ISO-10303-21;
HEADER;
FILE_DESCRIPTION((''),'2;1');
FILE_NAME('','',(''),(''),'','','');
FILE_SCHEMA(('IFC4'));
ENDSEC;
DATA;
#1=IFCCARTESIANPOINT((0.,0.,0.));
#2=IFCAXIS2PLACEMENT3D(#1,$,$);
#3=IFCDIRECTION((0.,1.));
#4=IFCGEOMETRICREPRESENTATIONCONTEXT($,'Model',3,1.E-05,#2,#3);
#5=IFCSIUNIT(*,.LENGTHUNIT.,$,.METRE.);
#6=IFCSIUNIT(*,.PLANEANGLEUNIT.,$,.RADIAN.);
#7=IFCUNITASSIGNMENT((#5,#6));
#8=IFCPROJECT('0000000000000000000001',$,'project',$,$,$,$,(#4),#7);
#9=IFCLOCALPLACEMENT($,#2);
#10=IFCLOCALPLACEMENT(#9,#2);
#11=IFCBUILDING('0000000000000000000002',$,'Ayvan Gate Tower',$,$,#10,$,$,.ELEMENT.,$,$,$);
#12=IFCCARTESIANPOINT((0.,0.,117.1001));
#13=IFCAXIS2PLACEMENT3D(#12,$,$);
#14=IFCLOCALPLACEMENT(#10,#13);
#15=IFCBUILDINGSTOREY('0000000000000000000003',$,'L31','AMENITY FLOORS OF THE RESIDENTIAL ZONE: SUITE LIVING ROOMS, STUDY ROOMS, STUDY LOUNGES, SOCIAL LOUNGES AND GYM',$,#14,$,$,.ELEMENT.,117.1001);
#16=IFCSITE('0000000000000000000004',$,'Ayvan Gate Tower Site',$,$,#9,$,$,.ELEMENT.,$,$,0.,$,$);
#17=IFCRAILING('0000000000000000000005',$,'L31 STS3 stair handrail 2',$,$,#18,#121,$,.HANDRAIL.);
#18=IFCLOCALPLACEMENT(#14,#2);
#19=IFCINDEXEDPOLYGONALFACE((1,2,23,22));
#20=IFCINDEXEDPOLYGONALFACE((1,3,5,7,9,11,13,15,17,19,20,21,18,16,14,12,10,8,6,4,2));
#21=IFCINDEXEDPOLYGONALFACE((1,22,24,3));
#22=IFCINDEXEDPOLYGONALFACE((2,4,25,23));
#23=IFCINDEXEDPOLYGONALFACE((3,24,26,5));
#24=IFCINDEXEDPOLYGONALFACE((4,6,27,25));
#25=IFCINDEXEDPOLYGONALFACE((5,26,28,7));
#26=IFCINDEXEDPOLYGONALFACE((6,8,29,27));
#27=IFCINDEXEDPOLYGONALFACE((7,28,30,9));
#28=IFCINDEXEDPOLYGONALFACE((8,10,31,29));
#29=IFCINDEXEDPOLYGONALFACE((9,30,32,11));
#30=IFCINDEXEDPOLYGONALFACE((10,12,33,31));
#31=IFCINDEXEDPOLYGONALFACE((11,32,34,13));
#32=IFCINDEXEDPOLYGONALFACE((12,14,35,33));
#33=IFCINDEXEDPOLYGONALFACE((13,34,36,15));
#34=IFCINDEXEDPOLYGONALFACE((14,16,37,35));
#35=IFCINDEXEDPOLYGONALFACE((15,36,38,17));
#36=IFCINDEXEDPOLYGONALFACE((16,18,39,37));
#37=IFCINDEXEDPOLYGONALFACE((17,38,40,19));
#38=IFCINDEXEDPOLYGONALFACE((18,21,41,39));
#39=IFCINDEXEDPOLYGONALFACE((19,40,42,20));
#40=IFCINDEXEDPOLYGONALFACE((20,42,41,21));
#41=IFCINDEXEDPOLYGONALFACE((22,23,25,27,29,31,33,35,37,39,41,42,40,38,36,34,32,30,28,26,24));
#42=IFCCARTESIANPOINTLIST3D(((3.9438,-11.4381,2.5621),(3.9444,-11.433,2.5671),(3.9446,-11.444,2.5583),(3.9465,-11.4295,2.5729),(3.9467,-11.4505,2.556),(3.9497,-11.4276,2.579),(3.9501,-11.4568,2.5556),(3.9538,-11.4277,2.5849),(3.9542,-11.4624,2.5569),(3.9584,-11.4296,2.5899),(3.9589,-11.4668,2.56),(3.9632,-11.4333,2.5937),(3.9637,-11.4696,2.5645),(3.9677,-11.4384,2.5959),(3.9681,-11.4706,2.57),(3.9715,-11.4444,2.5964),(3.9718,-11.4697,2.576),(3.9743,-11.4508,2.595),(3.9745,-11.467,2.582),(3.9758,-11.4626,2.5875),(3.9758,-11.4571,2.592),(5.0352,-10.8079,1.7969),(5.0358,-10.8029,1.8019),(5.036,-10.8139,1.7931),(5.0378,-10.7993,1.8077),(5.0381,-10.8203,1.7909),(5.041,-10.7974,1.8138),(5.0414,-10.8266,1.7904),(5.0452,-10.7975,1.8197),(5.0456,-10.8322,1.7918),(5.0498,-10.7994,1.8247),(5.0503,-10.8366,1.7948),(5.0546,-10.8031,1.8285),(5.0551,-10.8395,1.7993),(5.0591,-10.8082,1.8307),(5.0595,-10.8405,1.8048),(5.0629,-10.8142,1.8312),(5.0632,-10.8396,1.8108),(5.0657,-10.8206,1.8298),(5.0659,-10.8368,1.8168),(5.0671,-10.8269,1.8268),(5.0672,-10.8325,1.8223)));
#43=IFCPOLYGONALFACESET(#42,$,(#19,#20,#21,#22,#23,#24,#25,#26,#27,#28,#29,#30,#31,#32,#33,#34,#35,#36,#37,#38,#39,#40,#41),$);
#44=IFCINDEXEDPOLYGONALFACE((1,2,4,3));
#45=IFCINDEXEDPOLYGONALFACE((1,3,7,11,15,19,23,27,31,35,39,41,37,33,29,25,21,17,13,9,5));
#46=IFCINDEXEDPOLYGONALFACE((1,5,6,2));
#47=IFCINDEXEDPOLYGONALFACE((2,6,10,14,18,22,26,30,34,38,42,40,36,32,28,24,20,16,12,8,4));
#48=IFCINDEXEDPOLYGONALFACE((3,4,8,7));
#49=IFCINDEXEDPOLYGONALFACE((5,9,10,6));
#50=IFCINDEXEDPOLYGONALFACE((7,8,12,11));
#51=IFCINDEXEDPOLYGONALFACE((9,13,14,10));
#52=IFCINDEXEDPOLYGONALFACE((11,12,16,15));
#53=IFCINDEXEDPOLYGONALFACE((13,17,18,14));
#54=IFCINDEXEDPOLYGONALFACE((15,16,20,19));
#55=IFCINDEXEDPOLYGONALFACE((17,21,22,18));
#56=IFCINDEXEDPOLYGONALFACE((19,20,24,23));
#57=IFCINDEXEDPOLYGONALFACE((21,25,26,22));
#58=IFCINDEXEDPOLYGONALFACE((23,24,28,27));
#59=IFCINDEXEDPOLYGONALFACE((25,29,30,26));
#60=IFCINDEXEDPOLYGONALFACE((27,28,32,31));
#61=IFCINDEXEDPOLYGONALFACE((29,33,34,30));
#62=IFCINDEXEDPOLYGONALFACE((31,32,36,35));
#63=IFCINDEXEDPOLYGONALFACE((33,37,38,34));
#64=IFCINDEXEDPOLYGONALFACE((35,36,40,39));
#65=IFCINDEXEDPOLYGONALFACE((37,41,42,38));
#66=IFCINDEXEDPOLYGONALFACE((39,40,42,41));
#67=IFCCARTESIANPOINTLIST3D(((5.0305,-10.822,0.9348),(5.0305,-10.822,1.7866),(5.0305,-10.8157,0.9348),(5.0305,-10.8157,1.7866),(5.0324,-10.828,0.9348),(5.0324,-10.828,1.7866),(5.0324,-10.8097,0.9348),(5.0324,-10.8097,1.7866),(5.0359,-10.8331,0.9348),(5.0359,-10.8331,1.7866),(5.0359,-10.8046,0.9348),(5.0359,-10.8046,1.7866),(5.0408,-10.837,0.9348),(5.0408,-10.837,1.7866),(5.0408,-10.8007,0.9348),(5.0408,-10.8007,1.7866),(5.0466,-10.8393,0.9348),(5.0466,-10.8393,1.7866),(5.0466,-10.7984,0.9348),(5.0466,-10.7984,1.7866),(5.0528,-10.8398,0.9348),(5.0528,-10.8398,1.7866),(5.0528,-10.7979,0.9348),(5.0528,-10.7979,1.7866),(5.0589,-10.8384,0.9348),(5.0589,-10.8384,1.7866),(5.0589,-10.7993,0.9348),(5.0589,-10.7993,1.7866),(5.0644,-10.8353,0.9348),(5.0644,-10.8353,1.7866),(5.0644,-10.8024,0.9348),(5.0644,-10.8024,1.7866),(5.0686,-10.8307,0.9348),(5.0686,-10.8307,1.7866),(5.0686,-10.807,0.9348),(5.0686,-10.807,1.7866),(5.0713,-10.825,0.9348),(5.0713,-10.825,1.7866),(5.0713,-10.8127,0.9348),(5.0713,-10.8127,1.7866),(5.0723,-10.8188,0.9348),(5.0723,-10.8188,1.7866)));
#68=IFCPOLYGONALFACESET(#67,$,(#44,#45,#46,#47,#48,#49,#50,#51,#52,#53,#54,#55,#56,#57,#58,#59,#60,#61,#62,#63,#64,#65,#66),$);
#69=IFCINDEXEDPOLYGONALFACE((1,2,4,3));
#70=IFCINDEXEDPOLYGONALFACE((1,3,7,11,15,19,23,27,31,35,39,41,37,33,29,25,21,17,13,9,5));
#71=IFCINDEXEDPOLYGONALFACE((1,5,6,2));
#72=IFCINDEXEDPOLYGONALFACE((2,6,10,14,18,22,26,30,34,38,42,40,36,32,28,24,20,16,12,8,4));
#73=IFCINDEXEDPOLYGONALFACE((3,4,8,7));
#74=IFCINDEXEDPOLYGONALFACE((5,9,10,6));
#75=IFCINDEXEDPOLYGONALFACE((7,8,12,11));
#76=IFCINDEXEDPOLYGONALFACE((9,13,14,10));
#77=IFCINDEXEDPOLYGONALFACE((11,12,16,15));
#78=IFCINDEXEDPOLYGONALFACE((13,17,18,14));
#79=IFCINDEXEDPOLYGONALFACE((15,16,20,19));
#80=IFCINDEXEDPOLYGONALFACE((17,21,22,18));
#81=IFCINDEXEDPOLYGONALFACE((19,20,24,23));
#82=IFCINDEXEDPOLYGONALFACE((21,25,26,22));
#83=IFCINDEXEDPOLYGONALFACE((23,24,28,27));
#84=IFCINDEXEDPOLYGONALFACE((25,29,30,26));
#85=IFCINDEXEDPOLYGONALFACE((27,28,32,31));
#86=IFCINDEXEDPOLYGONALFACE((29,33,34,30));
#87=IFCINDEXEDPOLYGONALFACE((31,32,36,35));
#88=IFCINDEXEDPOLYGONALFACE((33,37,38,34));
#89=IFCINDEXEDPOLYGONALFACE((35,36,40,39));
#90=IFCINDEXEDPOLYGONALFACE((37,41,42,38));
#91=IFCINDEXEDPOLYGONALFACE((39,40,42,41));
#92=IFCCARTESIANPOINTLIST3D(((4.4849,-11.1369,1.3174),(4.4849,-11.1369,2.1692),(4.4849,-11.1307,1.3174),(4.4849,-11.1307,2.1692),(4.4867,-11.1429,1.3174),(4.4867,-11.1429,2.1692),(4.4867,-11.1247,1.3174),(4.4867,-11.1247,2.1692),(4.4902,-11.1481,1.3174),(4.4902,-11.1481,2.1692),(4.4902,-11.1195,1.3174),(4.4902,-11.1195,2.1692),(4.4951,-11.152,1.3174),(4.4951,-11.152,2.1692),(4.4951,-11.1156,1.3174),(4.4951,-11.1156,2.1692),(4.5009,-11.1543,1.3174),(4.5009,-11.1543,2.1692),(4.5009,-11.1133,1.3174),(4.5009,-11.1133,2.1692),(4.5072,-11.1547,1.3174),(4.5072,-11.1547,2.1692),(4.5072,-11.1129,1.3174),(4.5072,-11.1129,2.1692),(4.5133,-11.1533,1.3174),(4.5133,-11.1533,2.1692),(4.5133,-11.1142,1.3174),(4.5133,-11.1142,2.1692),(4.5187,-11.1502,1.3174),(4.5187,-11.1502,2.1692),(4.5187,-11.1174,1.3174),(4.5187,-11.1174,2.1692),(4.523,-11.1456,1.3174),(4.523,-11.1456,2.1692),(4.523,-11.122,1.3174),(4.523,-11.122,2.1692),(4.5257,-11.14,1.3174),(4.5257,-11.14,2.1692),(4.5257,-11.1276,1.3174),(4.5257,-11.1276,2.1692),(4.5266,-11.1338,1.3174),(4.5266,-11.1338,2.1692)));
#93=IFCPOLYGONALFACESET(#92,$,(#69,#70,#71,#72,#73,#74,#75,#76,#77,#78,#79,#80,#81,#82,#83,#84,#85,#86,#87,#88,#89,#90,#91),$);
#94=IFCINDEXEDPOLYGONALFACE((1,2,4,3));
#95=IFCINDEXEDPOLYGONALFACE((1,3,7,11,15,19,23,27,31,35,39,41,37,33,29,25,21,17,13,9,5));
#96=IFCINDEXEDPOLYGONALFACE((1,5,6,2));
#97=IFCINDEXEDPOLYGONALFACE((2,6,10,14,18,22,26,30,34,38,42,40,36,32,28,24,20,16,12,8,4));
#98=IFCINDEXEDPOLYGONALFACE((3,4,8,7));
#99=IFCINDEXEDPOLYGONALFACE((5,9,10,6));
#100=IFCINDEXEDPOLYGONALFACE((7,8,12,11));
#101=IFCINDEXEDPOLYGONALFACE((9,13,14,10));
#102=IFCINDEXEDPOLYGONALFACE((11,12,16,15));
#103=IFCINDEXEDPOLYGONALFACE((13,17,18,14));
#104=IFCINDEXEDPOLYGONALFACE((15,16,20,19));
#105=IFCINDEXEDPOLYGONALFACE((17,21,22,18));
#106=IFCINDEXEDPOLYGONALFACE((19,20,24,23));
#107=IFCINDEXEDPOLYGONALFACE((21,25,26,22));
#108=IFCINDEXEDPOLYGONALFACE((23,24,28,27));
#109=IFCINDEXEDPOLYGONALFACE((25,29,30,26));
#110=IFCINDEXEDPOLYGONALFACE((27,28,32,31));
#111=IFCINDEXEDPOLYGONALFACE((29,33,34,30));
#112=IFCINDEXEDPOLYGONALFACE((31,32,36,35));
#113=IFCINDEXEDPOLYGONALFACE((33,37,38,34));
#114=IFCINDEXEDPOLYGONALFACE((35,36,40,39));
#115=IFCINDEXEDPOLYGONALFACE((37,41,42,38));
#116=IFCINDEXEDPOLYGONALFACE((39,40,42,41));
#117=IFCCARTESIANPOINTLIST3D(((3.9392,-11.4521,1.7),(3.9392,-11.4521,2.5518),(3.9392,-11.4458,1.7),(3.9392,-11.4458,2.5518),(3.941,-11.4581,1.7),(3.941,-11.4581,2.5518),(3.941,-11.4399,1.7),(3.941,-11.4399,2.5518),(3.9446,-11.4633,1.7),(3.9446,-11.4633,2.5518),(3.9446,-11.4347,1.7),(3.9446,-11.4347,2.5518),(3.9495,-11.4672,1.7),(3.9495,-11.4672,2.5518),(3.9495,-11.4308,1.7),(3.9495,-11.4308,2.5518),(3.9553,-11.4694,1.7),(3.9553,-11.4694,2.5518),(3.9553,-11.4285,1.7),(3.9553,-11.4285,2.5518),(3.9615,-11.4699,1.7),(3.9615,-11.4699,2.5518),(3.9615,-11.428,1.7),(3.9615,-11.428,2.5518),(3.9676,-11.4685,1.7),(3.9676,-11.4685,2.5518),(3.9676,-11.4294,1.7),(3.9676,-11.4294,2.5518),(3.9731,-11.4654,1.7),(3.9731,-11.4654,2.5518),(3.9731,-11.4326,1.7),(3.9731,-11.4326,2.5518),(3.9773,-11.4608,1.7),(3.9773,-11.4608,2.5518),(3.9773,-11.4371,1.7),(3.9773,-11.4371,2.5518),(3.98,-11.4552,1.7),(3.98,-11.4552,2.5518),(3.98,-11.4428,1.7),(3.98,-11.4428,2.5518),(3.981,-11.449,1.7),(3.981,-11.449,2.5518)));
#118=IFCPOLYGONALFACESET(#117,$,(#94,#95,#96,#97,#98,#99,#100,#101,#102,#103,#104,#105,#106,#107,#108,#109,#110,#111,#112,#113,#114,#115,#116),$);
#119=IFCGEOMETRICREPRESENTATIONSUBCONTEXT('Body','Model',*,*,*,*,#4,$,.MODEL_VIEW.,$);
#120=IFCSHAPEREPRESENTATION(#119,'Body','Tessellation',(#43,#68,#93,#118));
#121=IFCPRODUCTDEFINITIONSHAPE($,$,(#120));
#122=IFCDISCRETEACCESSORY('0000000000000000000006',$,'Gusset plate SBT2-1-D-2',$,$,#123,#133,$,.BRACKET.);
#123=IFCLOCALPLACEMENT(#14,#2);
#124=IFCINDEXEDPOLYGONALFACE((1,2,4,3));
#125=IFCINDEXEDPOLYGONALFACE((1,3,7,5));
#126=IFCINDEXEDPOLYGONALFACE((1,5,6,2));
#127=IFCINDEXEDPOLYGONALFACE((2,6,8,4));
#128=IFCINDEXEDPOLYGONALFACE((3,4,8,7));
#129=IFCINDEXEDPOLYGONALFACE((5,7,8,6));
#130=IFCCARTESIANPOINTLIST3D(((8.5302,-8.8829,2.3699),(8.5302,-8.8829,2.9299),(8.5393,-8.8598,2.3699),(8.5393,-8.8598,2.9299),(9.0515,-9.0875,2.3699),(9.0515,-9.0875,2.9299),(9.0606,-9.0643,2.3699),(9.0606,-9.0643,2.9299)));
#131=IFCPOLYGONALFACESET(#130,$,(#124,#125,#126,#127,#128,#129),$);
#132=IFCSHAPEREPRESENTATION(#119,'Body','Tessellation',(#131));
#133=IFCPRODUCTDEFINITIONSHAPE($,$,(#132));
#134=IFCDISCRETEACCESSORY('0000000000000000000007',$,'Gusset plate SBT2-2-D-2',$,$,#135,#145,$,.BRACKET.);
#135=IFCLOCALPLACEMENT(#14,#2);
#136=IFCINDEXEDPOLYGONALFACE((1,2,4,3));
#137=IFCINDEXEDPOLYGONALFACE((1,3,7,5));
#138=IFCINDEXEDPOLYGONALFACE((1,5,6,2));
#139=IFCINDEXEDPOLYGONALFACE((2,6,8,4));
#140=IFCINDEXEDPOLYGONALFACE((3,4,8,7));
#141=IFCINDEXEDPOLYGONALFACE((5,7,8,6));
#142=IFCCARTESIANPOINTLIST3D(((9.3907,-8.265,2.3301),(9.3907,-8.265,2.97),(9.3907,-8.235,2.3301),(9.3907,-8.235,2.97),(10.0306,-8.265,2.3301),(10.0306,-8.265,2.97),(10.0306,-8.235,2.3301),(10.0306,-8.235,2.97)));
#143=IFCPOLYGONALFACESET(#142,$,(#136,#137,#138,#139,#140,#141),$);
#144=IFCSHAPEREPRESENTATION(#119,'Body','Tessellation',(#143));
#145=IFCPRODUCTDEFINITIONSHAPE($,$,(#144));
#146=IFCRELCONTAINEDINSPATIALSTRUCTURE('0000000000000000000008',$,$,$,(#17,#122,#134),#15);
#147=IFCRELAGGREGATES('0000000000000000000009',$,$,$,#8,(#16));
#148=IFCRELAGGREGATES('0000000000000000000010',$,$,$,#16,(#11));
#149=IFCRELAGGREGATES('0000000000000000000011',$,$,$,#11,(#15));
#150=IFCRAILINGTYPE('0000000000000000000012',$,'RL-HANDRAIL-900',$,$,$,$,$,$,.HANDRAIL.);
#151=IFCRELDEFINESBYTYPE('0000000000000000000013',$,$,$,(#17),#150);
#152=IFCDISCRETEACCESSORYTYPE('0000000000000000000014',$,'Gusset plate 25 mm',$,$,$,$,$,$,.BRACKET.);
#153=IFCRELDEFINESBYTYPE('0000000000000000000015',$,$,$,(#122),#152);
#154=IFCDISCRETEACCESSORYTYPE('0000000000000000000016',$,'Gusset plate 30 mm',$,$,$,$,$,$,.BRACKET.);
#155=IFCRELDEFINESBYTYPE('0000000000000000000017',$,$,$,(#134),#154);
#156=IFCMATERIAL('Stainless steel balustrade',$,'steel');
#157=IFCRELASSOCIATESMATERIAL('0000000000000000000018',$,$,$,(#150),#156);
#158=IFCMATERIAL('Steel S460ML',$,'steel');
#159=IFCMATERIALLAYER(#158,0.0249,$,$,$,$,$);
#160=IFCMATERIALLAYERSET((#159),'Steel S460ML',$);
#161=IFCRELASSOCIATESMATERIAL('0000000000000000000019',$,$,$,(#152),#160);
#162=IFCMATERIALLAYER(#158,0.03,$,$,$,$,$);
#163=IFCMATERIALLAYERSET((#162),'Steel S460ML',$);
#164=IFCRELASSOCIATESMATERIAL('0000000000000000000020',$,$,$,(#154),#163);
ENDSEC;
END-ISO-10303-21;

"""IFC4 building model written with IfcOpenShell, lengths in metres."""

from ifc_helpers import new_model, si_unit, direction, frame, origin, origin_2d, place, context, subcontext, project, spatial, rectangle, circle, extrude, material, layer, layer_set, type_object, element, save


model = new_model("IFC4")

# Units and contexts
model_context = context("Model", 3, precision=1e-05, world=origin(), true_north=direction((0.0, 1.0)))
body_context = subcontext(model_context, "Body", "Model", "MODEL_VIEW")
ifc_project = project(units=[si_unit("LENGTHUNIT", "METRE"), si_unit("PLANEANGLEUNIT", "RADIAN")], contexts=[model_context])

# Site, building, storey
site_placement = place(None, origin())
site = spatial("IfcSite", under=ifc_project, at=site_placement, Name="Ayvan Gate Tower Site", CompositionType="ELEMENT", RefElevation=0.0)
building_placement = place(site_placement, origin())
building = spatial("IfcBuilding", under=site, at=building_placement, Name="Ayvan Gate Tower", CompositionType="ELEMENT")
storey_placement = place(building_placement, frame((0.0, 0.0, 117.1001)))
storey = spatial("IfcBuildingStorey", under=building, at=storey_placement, Name="L31", Description="AMENITY FLOORS OF THE RESIDENTIAL ZONE: SUITE LIVING ROOMS, STUDY ROOMS, STUDY LOUNGES, SOCIAL LOUNGES AND GYM", CompositionType="ELEMENT", Elevation=117.1001)

# Railing
ifc_material_1 = material(Name="Stainless steel balustrade", Category="steel")
railing_type_1 = type_object("IfcRailingType", Name="RL-HANDRAIL-900", PredefinedType="HANDRAIL", material=ifc_material_1)
railing_1_placement = place(storey_placement, frame((5.0513, -10.8188, 0.9348)))
element("IfcRailing", 1, at=railing_1_placement, inside=storey, type_object=railing_type_1, Name="L31 STS3 stair handrail 2", PredefinedType="HANDRAIL", context=body_context, shape_type="SweptSolid", body=[
    extrude(circle(Radius=0.0239, at=origin_2d()), frame((0.0, 0.0, 0.876), z_axis=(-0.740241, -0.427419, 0.518996), x_axis=(0.500035, -0.866005, 0.0)), (0.0, 0.0, 1.0), 1.4744),
    extrude(circle(Radius=0.021, at=origin_2d()), origin(), (0.0, 0.0, 1.0), 0.8518),
    extrude(circle(Radius=0.021, at=origin_2d()), frame((-0.5457, -0.3149, 0.3826)), (0.0, 0.0, 1.0), 0.8518),
    extrude(circle(Radius=0.021, at=origin_2d()), frame((-1.0913, -0.6301, 0.7651)), (0.0, 0.0, 1.0), 0.8518),
])

# Discrete accessories
ifc_material_2 = material(Name="Steel S460ML", Category="steel")
ifc_layer_1 = layer(ifc_material_2, 0.0249)
ifc_layer_set_1 = layer_set([ifc_layer_1], Name="Steel S460ML")
discrete_accessory_type_1 = type_object("IfcDiscreteAccessoryType", Name="Gusset plate 25 mm", PredefinedType="BRACKET", material=ifc_layer_set_1)
discrete_accessory_1_placement = place(storey_placement, frame((8.7954, -8.9736, 2.3699), z_axis=(0.0, 0.0, 1.0), x_axis=(-0.930903, 0.365267, 0.0)))
element("IfcDiscreteAccessory", 2, at=discrete_accessory_1_placement, inside=storey, type_object=discrete_accessory_type_1, Name="Gusset plate SBT2-1-D-2", PredefinedType="BRACKET", context=body_context, shape_type="SweptSolid", body=[
    extrude(rectangle(XDim=0.5601, YDim=0.0249, at=origin_2d()), origin(), (0.0, 0.0, 1.0), 0.5601),
])
ifc_layer_2 = layer(ifc_material_2, 0.03)
ifc_layer_set_2 = layer_set([ifc_layer_2], Name="Steel S460ML")
discrete_accessory_type_2 = type_object("IfcDiscreteAccessoryType", Name="Gusset plate 30 mm", PredefinedType="BRACKET", material=ifc_layer_set_2)
discrete_accessory_2_placement = place(storey_placement, frame((9.7107, -8.25, 2.3301), z_axis=(0.0, 0.0, 1.0), x_axis=(1.0, 0.0, 0.0)))
element("IfcDiscreteAccessory", 3, at=discrete_accessory_2_placement, inside=storey, type_object=discrete_accessory_type_2, Name="Gusset plate SBT2-2-D-2", PredefinedType="BRACKET", context=body_context, shape_type="SweptSolid", body=[
    extrude(rectangle(XDim=0.6399, YDim=0.03, at=origin_2d()), origin(), (0.0, 0.0, 1.0), 0.6399),
])

save(model, "model.ifc")
